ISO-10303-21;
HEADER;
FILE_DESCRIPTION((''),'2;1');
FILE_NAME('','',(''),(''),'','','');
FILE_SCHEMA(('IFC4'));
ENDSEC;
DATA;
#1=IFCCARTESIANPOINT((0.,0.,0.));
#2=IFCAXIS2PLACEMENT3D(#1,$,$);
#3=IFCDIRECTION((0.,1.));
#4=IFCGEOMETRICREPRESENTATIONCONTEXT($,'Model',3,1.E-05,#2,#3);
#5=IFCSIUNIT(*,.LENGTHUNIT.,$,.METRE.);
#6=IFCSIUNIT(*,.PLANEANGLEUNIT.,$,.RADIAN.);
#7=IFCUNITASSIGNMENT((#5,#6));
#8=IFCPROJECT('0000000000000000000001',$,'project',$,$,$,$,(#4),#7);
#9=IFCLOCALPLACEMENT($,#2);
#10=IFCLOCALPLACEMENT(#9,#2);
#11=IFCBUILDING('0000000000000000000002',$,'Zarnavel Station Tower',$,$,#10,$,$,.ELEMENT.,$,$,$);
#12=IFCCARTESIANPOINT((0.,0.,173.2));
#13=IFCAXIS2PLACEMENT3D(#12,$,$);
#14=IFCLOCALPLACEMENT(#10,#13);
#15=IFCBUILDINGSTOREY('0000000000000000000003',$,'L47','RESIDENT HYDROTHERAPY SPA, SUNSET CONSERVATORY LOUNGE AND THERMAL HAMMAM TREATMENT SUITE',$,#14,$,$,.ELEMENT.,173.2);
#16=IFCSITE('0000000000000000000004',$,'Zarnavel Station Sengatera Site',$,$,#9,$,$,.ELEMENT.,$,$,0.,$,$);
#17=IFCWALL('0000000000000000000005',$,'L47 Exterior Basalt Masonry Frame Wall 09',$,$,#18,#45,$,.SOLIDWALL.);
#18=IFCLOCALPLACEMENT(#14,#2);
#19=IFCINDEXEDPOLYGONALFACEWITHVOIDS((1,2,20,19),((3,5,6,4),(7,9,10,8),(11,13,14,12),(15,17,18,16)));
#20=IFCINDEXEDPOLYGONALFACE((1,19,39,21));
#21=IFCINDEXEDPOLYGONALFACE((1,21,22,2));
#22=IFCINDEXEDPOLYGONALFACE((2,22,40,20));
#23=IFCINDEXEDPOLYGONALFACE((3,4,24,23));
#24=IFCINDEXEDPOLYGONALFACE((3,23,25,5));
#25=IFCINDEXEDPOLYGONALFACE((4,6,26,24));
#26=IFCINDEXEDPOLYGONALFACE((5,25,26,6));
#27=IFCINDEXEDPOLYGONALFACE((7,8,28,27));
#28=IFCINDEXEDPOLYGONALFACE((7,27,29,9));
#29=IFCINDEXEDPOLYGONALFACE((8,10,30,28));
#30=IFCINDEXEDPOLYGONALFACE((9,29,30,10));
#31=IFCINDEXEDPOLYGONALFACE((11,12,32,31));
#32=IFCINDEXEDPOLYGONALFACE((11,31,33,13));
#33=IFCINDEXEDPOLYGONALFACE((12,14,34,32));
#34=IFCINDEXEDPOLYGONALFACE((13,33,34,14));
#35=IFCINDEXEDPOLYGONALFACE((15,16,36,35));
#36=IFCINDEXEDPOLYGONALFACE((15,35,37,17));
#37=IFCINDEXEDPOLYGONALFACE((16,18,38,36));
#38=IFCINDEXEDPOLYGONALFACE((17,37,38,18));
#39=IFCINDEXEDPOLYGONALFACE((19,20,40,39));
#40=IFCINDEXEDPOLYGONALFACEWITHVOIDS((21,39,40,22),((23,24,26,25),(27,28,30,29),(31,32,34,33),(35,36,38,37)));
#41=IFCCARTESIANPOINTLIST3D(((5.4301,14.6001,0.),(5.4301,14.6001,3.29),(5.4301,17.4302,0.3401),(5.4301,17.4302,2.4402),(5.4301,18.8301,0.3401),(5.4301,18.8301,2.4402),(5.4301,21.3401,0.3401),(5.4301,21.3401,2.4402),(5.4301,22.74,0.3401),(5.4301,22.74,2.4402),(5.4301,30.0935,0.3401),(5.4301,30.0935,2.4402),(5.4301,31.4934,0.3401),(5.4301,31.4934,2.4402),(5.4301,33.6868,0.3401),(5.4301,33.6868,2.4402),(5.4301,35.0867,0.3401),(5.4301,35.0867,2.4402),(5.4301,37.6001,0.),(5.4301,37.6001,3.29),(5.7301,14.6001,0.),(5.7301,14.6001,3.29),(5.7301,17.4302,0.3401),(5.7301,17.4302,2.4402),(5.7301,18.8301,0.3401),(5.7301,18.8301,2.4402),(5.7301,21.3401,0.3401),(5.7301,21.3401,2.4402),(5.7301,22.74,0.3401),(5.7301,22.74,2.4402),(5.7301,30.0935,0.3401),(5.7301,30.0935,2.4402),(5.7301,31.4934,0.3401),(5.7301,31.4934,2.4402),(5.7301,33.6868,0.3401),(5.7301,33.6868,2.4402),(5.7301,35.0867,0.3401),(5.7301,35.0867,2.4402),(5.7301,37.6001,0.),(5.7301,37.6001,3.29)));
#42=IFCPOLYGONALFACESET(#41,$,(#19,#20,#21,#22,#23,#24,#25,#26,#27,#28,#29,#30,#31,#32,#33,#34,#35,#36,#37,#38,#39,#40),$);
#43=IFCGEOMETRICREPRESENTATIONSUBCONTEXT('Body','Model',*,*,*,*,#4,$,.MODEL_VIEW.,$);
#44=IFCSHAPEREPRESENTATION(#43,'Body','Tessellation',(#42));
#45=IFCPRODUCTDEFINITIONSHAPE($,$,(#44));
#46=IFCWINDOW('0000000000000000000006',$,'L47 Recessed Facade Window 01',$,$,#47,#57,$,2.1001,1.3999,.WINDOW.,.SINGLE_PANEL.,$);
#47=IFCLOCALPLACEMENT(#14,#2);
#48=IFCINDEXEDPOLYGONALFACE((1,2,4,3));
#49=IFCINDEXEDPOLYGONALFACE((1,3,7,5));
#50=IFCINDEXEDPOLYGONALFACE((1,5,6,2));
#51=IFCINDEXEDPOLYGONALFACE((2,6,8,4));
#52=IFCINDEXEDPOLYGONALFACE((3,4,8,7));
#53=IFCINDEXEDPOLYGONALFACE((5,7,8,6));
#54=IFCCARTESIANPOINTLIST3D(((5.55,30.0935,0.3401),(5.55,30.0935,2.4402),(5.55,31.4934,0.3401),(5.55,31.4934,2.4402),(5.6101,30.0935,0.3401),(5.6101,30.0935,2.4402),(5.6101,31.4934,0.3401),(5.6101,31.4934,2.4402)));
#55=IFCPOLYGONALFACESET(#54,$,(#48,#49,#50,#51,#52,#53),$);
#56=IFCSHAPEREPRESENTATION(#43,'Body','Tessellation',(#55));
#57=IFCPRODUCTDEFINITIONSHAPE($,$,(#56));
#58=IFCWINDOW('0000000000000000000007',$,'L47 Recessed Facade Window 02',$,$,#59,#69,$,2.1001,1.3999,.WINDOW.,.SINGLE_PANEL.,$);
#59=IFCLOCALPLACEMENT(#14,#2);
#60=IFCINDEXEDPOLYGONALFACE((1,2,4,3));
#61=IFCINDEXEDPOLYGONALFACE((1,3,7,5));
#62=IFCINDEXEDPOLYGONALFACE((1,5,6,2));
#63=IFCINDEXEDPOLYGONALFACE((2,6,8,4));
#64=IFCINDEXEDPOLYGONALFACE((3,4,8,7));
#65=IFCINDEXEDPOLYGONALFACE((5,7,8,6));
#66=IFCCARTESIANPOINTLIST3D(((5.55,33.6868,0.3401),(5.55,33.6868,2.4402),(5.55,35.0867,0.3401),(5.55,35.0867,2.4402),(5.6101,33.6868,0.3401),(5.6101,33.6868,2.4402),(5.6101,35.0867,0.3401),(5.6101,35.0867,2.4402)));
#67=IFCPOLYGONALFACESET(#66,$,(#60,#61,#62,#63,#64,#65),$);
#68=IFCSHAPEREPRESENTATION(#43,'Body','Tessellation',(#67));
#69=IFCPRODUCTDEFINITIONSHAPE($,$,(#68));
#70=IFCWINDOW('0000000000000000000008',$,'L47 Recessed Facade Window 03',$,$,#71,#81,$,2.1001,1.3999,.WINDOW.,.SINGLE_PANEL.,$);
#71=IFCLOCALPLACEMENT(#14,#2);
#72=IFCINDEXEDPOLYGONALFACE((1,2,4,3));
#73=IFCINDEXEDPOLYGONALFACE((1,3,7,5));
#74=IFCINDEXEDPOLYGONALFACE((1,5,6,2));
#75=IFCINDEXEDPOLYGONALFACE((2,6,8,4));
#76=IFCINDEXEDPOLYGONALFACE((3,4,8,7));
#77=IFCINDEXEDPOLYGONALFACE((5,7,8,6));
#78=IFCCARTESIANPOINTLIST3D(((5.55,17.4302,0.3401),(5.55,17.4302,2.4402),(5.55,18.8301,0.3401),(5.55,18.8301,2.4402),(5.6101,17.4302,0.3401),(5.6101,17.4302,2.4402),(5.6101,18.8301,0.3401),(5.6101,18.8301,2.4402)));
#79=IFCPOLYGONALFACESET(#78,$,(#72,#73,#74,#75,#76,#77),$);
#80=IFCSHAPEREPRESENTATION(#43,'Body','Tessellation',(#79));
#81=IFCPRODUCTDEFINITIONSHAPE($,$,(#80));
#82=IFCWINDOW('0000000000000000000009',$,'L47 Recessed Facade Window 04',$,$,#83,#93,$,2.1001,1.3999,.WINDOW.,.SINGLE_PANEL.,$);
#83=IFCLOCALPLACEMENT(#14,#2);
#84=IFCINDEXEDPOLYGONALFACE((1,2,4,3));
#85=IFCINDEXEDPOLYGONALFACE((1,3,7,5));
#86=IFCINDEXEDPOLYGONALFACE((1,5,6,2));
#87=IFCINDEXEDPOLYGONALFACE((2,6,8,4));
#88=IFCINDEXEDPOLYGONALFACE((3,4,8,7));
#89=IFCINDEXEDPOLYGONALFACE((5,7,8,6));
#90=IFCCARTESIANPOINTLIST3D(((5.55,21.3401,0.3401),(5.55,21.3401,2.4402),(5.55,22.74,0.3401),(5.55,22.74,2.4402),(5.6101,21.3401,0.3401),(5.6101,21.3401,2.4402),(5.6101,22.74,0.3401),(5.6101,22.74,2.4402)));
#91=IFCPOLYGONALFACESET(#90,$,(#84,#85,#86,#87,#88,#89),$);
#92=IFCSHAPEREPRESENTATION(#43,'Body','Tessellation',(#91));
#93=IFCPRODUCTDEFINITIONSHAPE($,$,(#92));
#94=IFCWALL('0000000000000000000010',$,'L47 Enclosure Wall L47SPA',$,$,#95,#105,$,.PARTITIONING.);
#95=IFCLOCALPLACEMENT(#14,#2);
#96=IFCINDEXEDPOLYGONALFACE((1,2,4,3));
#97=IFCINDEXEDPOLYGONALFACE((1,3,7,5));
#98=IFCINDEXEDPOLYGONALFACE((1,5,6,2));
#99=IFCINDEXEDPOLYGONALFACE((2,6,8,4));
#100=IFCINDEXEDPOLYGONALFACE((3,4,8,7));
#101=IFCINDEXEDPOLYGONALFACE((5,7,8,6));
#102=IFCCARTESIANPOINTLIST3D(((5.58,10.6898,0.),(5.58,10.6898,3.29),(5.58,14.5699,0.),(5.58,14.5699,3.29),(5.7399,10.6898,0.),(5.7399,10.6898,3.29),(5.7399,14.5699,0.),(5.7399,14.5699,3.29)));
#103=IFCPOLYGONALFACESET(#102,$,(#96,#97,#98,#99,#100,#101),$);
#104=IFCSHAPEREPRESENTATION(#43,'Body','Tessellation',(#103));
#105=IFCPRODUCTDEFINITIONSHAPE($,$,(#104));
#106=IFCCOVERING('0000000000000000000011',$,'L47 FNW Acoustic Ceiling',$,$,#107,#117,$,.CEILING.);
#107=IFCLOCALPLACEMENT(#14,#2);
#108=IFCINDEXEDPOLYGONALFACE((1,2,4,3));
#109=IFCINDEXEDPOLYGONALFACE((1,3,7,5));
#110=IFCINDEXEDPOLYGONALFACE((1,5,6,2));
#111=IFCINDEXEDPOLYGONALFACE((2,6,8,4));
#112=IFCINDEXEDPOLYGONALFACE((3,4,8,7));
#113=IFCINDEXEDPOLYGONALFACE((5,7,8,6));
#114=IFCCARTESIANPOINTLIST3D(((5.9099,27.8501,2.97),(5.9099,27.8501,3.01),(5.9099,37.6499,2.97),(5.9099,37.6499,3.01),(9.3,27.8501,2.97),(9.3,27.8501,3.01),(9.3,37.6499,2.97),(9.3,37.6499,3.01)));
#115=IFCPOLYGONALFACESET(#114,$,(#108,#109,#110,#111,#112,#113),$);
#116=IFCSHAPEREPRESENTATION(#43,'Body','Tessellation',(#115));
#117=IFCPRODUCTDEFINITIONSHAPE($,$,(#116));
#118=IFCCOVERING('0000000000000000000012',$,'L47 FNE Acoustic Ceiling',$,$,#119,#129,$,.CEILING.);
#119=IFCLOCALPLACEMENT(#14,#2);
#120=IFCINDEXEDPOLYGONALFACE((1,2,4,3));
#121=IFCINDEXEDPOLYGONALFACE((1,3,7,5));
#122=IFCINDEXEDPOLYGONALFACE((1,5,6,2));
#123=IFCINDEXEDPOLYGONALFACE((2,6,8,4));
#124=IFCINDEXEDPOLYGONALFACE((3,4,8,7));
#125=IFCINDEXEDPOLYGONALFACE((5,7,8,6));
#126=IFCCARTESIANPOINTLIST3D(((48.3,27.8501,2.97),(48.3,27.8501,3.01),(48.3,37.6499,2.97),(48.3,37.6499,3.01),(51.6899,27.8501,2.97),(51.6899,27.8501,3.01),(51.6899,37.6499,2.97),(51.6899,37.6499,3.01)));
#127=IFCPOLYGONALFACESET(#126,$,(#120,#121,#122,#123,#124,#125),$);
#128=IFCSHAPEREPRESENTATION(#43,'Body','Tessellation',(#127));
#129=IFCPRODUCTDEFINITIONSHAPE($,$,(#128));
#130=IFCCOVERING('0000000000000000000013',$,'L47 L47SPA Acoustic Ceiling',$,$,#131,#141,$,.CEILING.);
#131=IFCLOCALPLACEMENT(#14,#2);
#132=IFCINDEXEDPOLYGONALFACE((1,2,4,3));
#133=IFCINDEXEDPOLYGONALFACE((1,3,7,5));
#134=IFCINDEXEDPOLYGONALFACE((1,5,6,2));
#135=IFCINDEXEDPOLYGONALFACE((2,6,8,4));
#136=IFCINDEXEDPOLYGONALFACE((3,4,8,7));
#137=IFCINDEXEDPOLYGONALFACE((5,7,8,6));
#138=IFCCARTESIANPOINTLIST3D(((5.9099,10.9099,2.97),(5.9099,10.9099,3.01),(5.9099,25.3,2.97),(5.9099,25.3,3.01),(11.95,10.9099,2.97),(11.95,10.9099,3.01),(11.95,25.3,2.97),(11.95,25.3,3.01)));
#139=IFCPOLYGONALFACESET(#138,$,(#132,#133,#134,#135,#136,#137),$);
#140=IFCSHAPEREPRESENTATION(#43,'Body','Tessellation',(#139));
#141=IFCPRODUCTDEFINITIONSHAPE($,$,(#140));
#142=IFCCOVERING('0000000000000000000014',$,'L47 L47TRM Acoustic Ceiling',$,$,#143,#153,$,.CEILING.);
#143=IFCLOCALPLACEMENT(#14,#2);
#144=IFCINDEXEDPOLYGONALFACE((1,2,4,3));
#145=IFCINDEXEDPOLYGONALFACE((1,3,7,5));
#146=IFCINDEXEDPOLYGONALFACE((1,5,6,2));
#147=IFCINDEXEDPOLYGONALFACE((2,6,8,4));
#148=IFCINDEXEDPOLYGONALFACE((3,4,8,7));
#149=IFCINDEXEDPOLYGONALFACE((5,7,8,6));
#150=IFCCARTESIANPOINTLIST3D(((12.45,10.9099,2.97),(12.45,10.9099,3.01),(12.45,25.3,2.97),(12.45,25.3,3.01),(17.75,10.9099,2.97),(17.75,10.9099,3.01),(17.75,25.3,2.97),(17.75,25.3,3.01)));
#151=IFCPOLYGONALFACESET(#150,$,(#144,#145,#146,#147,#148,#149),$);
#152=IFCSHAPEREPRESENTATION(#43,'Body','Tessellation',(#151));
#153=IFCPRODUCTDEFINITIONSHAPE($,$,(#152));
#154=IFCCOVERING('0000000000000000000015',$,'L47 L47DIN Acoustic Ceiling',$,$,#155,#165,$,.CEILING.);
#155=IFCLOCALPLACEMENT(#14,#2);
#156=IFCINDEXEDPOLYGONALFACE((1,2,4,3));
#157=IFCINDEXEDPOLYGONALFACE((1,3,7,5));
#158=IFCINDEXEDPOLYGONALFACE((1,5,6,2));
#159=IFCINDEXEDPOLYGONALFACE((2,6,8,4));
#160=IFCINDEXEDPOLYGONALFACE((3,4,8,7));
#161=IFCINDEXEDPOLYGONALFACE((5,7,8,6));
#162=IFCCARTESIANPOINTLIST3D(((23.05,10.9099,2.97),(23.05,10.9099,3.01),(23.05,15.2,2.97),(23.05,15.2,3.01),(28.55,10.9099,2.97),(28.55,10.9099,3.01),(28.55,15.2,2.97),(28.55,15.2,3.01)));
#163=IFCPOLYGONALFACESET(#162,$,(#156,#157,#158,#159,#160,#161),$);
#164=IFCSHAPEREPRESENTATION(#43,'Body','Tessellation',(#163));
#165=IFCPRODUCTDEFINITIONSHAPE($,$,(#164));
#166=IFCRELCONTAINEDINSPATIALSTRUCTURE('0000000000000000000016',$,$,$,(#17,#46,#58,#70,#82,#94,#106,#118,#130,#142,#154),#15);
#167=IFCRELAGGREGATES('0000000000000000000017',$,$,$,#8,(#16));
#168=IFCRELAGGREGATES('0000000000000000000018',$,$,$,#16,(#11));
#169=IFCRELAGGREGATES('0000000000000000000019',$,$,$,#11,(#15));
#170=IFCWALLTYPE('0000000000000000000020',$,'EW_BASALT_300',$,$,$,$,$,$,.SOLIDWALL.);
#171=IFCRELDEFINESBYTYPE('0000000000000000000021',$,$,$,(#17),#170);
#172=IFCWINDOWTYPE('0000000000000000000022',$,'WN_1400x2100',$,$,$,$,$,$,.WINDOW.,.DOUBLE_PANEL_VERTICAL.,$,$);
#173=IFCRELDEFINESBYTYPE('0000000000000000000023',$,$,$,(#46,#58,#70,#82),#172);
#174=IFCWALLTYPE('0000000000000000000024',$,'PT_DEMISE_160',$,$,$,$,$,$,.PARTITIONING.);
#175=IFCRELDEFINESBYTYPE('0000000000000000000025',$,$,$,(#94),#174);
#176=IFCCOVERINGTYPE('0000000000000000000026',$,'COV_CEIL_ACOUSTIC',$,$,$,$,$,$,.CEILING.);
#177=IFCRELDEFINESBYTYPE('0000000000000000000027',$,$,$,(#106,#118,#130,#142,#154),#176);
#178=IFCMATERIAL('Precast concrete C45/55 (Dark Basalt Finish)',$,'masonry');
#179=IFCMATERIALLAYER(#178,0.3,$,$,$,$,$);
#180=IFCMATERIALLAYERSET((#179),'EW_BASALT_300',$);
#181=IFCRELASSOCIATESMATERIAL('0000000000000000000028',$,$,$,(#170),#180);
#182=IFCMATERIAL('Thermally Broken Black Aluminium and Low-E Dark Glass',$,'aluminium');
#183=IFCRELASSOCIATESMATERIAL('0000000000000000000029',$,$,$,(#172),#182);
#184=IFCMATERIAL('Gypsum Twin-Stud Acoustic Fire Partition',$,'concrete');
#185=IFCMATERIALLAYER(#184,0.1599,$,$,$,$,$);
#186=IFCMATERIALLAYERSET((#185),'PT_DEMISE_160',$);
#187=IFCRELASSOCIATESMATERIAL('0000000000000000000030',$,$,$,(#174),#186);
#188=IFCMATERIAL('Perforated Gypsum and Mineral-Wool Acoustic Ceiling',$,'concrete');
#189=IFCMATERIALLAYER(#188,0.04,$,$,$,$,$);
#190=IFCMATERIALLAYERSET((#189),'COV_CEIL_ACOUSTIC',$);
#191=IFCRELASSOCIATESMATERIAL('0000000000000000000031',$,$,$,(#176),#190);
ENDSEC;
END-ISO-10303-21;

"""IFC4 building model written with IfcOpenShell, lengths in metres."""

from ifc_helpers import new_model, si_unit, direction, frame, frame_2d, origin, place, context, subcontext, project, spatial, polyline, rectangle, outline, extrude, material, layer, layer_set, type_object, element, fill, save


model = new_model("IFC4")

# Units and contexts
model_context = context("Model", 3, precision=1e-05, world=origin(), true_north=direction((0.0, 1.0)))
body_context = subcontext(model_context, "Body", "Model", "MODEL_VIEW")
ifc_project = project(units=[si_unit("LENGTHUNIT", "METRE"), si_unit("PLANEANGLEUNIT", "RADIAN")], contexts=[model_context])

# Site, building, storey
site_placement = place(None, origin())
site = spatial("IfcSite", under=ifc_project, at=site_placement, Name="Zarnavel Station Sengatera Site", CompositionType="ELEMENT", RefElevation=0.0)
building_placement = place(site_placement, origin())
building = spatial("IfcBuilding", under=site, at=building_placement, Name="Zarnavel Station Tower", CompositionType="ELEMENT")
storey_placement = place(building_placement, frame((0.0, 0.0, 173.2)))
storey = spatial("IfcBuildingStorey", under=building, at=storey_placement, Name="L47", Description="RESIDENT HYDROTHERAPY SPA, SUNSET CONSERVATORY LOUNGE AND THERMAL HAMMAM TREATMENT SUITE", CompositionType="ELEMENT", Elevation=173.2)

# Wall, openings, windows
ifc_material_1 = material(Name="Precast concrete C45/55 (Dark Basalt Finish)", Category="masonry")
ifc_layer_1 = layer(ifc_material_1, 0.3)
ifc_layer_set_1 = layer_set([ifc_layer_1], Name="EW_BASALT_300")
wall_type_1 = type_object("IfcWallType", Name="EW_BASALT_300", PredefinedType="SOLIDWALL", material=ifc_layer_set_1)
wall_1_placement = place(storey_placement, frame((5.5801, 14.6001, 0.0), z_axis=(0.0, 0.0, 1.0), x_axis=(0.0, 1.0, 0.0)))
wall_1 = element("IfcWall", 1, at=wall_1_placement, inside=storey, type_object=wall_type_1, Name="L47 Exterior Basalt Masonry Frame Wall 09", PredefinedType="SOLIDWALL", context=body_context, shape_type="SweptSolid", body=[
    extrude(rectangle(XDim=23.0, YDim=0.3, at=frame_2d((11.5, 0.0))), origin(), (0.0, 0.0, 1.0), 3.29),
])
opening_1_placement = place(wall_1_placement, frame((15.4934, 0.0, 0.3401)))
opening_1 = element("IfcOpeningElement", 2, at=opening_1_placement, cuts=wall_1, PredefinedType="OPENING", context=body_context, shape_type="SweptSolid", body=[
    extrude(rectangle(XDim=1.3999, YDim=2.1001, at=frame_2d((0.7, 1.05))), frame((0.0, 0.1599, 0.0), z_axis=(0.0, -1.0, 0.0), x_axis=(1.0, 0.0, 0.0)), (0.0, 0.0, 1.0), 0.3201),
])
opening_2_placement = place(wall_1_placement, frame((19.0867, 0.0, 0.3401)))
opening_2 = element("IfcOpeningElement", 3, at=opening_2_placement, cuts=wall_1, PredefinedType="OPENING", context=body_context, shape_type="SweptSolid", body=[
    extrude(rectangle(XDim=1.3999, YDim=2.1001, at=frame_2d((0.7, 1.05))), frame((0.0, 0.1599, 0.0), z_axis=(0.0, -1.0, 0.0), x_axis=(1.0, 0.0, 0.0)), (0.0, 0.0, 1.0), 0.3201),
])
opening_3_placement = place(wall_1_placement, frame((2.8301, 0.0, 0.3401)))
opening_3 = element("IfcOpeningElement", 4, at=opening_3_placement, cuts=wall_1, PredefinedType="OPENING", context=body_context, shape_type="SweptSolid", body=[
    extrude(rectangle(XDim=1.3999, YDim=2.1001, at=frame_2d((0.7, 1.05))), frame((0.0, 0.1599, 0.0), z_axis=(0.0, -1.0, 0.0), x_axis=(1.0, 0.0, 0.0)), (0.0, 0.0, 1.0), 0.3201),
])
opening_4_placement = place(wall_1_placement, frame((6.74, 0.0, 0.3401)))
opening_4 = element("IfcOpeningElement", 5, at=opening_4_placement, cuts=wall_1, PredefinedType="OPENING", context=body_context, shape_type="SweptSolid", body=[
    extrude(rectangle(XDim=1.3999, YDim=2.1001, at=frame_2d((0.7, 1.05))), frame((0.0, 0.1599, 0.0), z_axis=(0.0, -1.0, 0.0), x_axis=(1.0, 0.0, 0.0)), (0.0, 0.0, 1.0), 0.3201),
])
ifc_material_2 = material(Name="Thermally Broken Black Aluminium and Low-E Dark Glass", Category="aluminium")
window_type = type_object("IfcWindowType", Name="WN_1400x2100", PartitioningType="DOUBLE_PANEL_VERTICAL", PredefinedType="WINDOW", material=ifc_material_2)
window_1_placement = place(opening_1_placement, origin())
window_1 = element("IfcWindow", 6, at=window_1_placement, inside=storey, type_object=window_type, Name="L47 Recessed Facade Window 01", OverallHeight=2.1001, OverallWidth=1.3999, PartitioningType="SINGLE_PANEL", PredefinedType="WINDOW", context=body_context, shape_type="SweptSolid", body=[
    extrude(rectangle(XDim=1.3999, YDim=2.1001, at=frame_2d((0.7, 1.05))), frame((0.0, 0.03, 0.0), z_axis=(0.0, -1.0, 0.0), x_axis=(1.0, 0.0, 0.0)), (0.0, 0.0, 1.0), 0.0601),
])
fill(opening_1, window_1)
window_2_placement = place(opening_2_placement, origin())
window_2 = element("IfcWindow", 7, at=window_2_placement, inside=storey, type_object=window_type, Name="L47 Recessed Facade Window 02", OverallHeight=2.1001, OverallWidth=1.3999, PartitioningType="SINGLE_PANEL", PredefinedType="WINDOW", context=body_context, shape_type="SweptSolid", body=[
    extrude(rectangle(XDim=1.3999, YDim=2.1001, at=frame_2d((0.7, 1.05))), frame((0.0, 0.03, 0.0), z_axis=(0.0, -1.0, 0.0), x_axis=(1.0, 0.0, 0.0)), (0.0, 0.0, 1.0), 0.0601),
])
fill(opening_2, window_2)
window_3_placement = place(opening_3_placement, origin())
window_3 = element("IfcWindow", 8, at=window_3_placement, inside=storey, type_object=window_type, Name="L47 Recessed Facade Window 03", OverallHeight=2.1001, OverallWidth=1.3999, PartitioningType="SINGLE_PANEL", PredefinedType="WINDOW", context=body_context, shape_type="SweptSolid", body=[
    extrude(rectangle(XDim=1.3999, YDim=2.1001, at=frame_2d((0.7, 1.05))), frame((0.0, 0.03, 0.0), z_axis=(0.0, -1.0, 0.0), x_axis=(1.0, 0.0, 0.0)), (0.0, 0.0, 1.0), 0.0601),
])
fill(opening_3, window_3)
window_4_placement = place(opening_4_placement, origin())
window_4 = element("IfcWindow", 9, at=window_4_placement, inside=storey, type_object=window_type, Name="L47 Recessed Facade Window 04", OverallHeight=2.1001, OverallWidth=1.3999, PartitioningType="SINGLE_PANEL", PredefinedType="WINDOW", context=body_context, shape_type="SweptSolid", body=[
    extrude(rectangle(XDim=1.3999, YDim=2.1001, at=frame_2d((0.7, 1.05))), frame((0.0, 0.03, 0.0), z_axis=(0.0, -1.0, 0.0), x_axis=(1.0, 0.0, 0.0)), (0.0, 0.0, 1.0), 0.0601),
])
fill(opening_4, window_4)

# Wall
ifc_material_3 = material(Name="Gypsum Twin-Stud Acoustic Fire Partition", Category="concrete")
ifc_layer_2 = layer(ifc_material_3, 0.1599)
ifc_layer_set_2 = layer_set([ifc_layer_2], Name="PT_DEMISE_160")
wall_type_2 = type_object("IfcWallType", Name="PT_DEMISE_160", PredefinedType="PARTITIONING", material=ifc_layer_set_2)
wall_2_placement = place(storey_placement, frame((5.6599, 10.6899, 0.0), z_axis=(0.0, 0.0, 1.0), x_axis=(0.0, 1.0, 0.0)))
element("IfcWall", 10, at=wall_2_placement, inside=storey, type_object=wall_type_2, Name="L47 Enclosure Wall L47SPA", PredefinedType="PARTITIONING", context=body_context, shape_type="SweptSolid", body=[
    extrude(rectangle(XDim=3.8801, YDim=0.1599, at=frame_2d((1.9399, 0.0))), origin(), (0.0, 0.0, 1.0), 3.29),
])

# Coverings
ifc_material_4 = material(Name="Perforated Gypsum and Mineral-Wool Acoustic Ceiling", Category="concrete")
ifc_layer_3 = layer(ifc_material_4, 0.04)
ifc_layer_set_3 = layer_set([ifc_layer_3], Name="COV_CEIL_ACOUSTIC")
covering_type_1 = type_object("IfcCoveringType", Name="COV_CEIL_ACOUSTIC", PredefinedType="CEILING", material=ifc_layer_set_3)
covering_1_placement = place(storey_placement, frame((0.0, 0.0, 2.97)))
element("IfcCovering", 11, at=covering_1_placement, inside=storey, type_object=covering_type_1, Name="L47 FNW Acoustic Ceiling", PredefinedType="CEILING", context=body_context, shape_type="SweptSolid", body=[
    extrude(outline(polyline([(5.9099, 27.8501), (9.3, 27.8501), (9.3, 37.6499), (5.9099, 37.6499), (5.9099, 27.8501)])), origin(), (0.0, 0.0, 1.0), 0.04),
])
covering_2_placement = place(storey_placement, frame((0.0, 0.0, 2.97)))
element("IfcCovering", 12, at=covering_2_placement, inside=storey, type_object=covering_type_1, Name="L47 FNE Acoustic Ceiling", PredefinedType="CEILING", context=body_context, shape_type="SweptSolid", body=[
    extrude(outline(polyline([(48.3, 27.8501), (51.6899, 27.8501), (51.6899, 37.6499), (48.3, 37.6499), (48.3, 27.8501)])), origin(), (0.0, 0.0, 1.0), 0.04),
])
covering_3_placement = place(storey_placement, frame((0.0, 0.0, 2.97)))
element("IfcCovering", 13, at=covering_3_placement, inside=storey, type_object=covering_type_1, Name="L47 L47SPA Acoustic Ceiling", PredefinedType="CEILING", context=body_context, shape_type="SweptSolid", body=[
    extrude(outline(polyline([(5.9099, 10.9099), (11.95, 10.9099), (11.95, 25.3), (5.9099, 25.3), (5.9099, 10.9099)])), origin(), (0.0, 0.0, 1.0), 0.04),
])
covering_4_placement = place(storey_placement, frame((0.0, 0.0, 2.97)))
element("IfcCovering", 14, at=covering_4_placement, inside=storey, type_object=covering_type_1, Name="L47 L47TRM Acoustic Ceiling", PredefinedType="CEILING", context=body_context, shape_type="SweptSolid", body=[
    extrude(outline(polyline([(12.45, 10.9099), (17.75, 10.9099), (17.75, 25.3), (12.45, 25.3), (12.45, 10.9099)])), origin(), (0.0, 0.0, 1.0), 0.04),
])
covering_5_placement = place(storey_placement, frame((0.0, 0.0, 2.97)))
element("IfcCovering", 15, at=covering_5_placement, inside=storey, type_object=covering_type_1, Name="L47 L47DIN Acoustic Ceiling", PredefinedType="CEILING", context=body_context, shape_type="SweptSolid", body=[
    extrude(outline(polyline([(23.05, 10.9099), (28.55, 10.9099), (28.55, 15.2), (23.05, 15.2), (23.05, 10.9099)])), origin(), (0.0, 0.0, 1.0), 0.04),
])

save(model, "model.ifc")
